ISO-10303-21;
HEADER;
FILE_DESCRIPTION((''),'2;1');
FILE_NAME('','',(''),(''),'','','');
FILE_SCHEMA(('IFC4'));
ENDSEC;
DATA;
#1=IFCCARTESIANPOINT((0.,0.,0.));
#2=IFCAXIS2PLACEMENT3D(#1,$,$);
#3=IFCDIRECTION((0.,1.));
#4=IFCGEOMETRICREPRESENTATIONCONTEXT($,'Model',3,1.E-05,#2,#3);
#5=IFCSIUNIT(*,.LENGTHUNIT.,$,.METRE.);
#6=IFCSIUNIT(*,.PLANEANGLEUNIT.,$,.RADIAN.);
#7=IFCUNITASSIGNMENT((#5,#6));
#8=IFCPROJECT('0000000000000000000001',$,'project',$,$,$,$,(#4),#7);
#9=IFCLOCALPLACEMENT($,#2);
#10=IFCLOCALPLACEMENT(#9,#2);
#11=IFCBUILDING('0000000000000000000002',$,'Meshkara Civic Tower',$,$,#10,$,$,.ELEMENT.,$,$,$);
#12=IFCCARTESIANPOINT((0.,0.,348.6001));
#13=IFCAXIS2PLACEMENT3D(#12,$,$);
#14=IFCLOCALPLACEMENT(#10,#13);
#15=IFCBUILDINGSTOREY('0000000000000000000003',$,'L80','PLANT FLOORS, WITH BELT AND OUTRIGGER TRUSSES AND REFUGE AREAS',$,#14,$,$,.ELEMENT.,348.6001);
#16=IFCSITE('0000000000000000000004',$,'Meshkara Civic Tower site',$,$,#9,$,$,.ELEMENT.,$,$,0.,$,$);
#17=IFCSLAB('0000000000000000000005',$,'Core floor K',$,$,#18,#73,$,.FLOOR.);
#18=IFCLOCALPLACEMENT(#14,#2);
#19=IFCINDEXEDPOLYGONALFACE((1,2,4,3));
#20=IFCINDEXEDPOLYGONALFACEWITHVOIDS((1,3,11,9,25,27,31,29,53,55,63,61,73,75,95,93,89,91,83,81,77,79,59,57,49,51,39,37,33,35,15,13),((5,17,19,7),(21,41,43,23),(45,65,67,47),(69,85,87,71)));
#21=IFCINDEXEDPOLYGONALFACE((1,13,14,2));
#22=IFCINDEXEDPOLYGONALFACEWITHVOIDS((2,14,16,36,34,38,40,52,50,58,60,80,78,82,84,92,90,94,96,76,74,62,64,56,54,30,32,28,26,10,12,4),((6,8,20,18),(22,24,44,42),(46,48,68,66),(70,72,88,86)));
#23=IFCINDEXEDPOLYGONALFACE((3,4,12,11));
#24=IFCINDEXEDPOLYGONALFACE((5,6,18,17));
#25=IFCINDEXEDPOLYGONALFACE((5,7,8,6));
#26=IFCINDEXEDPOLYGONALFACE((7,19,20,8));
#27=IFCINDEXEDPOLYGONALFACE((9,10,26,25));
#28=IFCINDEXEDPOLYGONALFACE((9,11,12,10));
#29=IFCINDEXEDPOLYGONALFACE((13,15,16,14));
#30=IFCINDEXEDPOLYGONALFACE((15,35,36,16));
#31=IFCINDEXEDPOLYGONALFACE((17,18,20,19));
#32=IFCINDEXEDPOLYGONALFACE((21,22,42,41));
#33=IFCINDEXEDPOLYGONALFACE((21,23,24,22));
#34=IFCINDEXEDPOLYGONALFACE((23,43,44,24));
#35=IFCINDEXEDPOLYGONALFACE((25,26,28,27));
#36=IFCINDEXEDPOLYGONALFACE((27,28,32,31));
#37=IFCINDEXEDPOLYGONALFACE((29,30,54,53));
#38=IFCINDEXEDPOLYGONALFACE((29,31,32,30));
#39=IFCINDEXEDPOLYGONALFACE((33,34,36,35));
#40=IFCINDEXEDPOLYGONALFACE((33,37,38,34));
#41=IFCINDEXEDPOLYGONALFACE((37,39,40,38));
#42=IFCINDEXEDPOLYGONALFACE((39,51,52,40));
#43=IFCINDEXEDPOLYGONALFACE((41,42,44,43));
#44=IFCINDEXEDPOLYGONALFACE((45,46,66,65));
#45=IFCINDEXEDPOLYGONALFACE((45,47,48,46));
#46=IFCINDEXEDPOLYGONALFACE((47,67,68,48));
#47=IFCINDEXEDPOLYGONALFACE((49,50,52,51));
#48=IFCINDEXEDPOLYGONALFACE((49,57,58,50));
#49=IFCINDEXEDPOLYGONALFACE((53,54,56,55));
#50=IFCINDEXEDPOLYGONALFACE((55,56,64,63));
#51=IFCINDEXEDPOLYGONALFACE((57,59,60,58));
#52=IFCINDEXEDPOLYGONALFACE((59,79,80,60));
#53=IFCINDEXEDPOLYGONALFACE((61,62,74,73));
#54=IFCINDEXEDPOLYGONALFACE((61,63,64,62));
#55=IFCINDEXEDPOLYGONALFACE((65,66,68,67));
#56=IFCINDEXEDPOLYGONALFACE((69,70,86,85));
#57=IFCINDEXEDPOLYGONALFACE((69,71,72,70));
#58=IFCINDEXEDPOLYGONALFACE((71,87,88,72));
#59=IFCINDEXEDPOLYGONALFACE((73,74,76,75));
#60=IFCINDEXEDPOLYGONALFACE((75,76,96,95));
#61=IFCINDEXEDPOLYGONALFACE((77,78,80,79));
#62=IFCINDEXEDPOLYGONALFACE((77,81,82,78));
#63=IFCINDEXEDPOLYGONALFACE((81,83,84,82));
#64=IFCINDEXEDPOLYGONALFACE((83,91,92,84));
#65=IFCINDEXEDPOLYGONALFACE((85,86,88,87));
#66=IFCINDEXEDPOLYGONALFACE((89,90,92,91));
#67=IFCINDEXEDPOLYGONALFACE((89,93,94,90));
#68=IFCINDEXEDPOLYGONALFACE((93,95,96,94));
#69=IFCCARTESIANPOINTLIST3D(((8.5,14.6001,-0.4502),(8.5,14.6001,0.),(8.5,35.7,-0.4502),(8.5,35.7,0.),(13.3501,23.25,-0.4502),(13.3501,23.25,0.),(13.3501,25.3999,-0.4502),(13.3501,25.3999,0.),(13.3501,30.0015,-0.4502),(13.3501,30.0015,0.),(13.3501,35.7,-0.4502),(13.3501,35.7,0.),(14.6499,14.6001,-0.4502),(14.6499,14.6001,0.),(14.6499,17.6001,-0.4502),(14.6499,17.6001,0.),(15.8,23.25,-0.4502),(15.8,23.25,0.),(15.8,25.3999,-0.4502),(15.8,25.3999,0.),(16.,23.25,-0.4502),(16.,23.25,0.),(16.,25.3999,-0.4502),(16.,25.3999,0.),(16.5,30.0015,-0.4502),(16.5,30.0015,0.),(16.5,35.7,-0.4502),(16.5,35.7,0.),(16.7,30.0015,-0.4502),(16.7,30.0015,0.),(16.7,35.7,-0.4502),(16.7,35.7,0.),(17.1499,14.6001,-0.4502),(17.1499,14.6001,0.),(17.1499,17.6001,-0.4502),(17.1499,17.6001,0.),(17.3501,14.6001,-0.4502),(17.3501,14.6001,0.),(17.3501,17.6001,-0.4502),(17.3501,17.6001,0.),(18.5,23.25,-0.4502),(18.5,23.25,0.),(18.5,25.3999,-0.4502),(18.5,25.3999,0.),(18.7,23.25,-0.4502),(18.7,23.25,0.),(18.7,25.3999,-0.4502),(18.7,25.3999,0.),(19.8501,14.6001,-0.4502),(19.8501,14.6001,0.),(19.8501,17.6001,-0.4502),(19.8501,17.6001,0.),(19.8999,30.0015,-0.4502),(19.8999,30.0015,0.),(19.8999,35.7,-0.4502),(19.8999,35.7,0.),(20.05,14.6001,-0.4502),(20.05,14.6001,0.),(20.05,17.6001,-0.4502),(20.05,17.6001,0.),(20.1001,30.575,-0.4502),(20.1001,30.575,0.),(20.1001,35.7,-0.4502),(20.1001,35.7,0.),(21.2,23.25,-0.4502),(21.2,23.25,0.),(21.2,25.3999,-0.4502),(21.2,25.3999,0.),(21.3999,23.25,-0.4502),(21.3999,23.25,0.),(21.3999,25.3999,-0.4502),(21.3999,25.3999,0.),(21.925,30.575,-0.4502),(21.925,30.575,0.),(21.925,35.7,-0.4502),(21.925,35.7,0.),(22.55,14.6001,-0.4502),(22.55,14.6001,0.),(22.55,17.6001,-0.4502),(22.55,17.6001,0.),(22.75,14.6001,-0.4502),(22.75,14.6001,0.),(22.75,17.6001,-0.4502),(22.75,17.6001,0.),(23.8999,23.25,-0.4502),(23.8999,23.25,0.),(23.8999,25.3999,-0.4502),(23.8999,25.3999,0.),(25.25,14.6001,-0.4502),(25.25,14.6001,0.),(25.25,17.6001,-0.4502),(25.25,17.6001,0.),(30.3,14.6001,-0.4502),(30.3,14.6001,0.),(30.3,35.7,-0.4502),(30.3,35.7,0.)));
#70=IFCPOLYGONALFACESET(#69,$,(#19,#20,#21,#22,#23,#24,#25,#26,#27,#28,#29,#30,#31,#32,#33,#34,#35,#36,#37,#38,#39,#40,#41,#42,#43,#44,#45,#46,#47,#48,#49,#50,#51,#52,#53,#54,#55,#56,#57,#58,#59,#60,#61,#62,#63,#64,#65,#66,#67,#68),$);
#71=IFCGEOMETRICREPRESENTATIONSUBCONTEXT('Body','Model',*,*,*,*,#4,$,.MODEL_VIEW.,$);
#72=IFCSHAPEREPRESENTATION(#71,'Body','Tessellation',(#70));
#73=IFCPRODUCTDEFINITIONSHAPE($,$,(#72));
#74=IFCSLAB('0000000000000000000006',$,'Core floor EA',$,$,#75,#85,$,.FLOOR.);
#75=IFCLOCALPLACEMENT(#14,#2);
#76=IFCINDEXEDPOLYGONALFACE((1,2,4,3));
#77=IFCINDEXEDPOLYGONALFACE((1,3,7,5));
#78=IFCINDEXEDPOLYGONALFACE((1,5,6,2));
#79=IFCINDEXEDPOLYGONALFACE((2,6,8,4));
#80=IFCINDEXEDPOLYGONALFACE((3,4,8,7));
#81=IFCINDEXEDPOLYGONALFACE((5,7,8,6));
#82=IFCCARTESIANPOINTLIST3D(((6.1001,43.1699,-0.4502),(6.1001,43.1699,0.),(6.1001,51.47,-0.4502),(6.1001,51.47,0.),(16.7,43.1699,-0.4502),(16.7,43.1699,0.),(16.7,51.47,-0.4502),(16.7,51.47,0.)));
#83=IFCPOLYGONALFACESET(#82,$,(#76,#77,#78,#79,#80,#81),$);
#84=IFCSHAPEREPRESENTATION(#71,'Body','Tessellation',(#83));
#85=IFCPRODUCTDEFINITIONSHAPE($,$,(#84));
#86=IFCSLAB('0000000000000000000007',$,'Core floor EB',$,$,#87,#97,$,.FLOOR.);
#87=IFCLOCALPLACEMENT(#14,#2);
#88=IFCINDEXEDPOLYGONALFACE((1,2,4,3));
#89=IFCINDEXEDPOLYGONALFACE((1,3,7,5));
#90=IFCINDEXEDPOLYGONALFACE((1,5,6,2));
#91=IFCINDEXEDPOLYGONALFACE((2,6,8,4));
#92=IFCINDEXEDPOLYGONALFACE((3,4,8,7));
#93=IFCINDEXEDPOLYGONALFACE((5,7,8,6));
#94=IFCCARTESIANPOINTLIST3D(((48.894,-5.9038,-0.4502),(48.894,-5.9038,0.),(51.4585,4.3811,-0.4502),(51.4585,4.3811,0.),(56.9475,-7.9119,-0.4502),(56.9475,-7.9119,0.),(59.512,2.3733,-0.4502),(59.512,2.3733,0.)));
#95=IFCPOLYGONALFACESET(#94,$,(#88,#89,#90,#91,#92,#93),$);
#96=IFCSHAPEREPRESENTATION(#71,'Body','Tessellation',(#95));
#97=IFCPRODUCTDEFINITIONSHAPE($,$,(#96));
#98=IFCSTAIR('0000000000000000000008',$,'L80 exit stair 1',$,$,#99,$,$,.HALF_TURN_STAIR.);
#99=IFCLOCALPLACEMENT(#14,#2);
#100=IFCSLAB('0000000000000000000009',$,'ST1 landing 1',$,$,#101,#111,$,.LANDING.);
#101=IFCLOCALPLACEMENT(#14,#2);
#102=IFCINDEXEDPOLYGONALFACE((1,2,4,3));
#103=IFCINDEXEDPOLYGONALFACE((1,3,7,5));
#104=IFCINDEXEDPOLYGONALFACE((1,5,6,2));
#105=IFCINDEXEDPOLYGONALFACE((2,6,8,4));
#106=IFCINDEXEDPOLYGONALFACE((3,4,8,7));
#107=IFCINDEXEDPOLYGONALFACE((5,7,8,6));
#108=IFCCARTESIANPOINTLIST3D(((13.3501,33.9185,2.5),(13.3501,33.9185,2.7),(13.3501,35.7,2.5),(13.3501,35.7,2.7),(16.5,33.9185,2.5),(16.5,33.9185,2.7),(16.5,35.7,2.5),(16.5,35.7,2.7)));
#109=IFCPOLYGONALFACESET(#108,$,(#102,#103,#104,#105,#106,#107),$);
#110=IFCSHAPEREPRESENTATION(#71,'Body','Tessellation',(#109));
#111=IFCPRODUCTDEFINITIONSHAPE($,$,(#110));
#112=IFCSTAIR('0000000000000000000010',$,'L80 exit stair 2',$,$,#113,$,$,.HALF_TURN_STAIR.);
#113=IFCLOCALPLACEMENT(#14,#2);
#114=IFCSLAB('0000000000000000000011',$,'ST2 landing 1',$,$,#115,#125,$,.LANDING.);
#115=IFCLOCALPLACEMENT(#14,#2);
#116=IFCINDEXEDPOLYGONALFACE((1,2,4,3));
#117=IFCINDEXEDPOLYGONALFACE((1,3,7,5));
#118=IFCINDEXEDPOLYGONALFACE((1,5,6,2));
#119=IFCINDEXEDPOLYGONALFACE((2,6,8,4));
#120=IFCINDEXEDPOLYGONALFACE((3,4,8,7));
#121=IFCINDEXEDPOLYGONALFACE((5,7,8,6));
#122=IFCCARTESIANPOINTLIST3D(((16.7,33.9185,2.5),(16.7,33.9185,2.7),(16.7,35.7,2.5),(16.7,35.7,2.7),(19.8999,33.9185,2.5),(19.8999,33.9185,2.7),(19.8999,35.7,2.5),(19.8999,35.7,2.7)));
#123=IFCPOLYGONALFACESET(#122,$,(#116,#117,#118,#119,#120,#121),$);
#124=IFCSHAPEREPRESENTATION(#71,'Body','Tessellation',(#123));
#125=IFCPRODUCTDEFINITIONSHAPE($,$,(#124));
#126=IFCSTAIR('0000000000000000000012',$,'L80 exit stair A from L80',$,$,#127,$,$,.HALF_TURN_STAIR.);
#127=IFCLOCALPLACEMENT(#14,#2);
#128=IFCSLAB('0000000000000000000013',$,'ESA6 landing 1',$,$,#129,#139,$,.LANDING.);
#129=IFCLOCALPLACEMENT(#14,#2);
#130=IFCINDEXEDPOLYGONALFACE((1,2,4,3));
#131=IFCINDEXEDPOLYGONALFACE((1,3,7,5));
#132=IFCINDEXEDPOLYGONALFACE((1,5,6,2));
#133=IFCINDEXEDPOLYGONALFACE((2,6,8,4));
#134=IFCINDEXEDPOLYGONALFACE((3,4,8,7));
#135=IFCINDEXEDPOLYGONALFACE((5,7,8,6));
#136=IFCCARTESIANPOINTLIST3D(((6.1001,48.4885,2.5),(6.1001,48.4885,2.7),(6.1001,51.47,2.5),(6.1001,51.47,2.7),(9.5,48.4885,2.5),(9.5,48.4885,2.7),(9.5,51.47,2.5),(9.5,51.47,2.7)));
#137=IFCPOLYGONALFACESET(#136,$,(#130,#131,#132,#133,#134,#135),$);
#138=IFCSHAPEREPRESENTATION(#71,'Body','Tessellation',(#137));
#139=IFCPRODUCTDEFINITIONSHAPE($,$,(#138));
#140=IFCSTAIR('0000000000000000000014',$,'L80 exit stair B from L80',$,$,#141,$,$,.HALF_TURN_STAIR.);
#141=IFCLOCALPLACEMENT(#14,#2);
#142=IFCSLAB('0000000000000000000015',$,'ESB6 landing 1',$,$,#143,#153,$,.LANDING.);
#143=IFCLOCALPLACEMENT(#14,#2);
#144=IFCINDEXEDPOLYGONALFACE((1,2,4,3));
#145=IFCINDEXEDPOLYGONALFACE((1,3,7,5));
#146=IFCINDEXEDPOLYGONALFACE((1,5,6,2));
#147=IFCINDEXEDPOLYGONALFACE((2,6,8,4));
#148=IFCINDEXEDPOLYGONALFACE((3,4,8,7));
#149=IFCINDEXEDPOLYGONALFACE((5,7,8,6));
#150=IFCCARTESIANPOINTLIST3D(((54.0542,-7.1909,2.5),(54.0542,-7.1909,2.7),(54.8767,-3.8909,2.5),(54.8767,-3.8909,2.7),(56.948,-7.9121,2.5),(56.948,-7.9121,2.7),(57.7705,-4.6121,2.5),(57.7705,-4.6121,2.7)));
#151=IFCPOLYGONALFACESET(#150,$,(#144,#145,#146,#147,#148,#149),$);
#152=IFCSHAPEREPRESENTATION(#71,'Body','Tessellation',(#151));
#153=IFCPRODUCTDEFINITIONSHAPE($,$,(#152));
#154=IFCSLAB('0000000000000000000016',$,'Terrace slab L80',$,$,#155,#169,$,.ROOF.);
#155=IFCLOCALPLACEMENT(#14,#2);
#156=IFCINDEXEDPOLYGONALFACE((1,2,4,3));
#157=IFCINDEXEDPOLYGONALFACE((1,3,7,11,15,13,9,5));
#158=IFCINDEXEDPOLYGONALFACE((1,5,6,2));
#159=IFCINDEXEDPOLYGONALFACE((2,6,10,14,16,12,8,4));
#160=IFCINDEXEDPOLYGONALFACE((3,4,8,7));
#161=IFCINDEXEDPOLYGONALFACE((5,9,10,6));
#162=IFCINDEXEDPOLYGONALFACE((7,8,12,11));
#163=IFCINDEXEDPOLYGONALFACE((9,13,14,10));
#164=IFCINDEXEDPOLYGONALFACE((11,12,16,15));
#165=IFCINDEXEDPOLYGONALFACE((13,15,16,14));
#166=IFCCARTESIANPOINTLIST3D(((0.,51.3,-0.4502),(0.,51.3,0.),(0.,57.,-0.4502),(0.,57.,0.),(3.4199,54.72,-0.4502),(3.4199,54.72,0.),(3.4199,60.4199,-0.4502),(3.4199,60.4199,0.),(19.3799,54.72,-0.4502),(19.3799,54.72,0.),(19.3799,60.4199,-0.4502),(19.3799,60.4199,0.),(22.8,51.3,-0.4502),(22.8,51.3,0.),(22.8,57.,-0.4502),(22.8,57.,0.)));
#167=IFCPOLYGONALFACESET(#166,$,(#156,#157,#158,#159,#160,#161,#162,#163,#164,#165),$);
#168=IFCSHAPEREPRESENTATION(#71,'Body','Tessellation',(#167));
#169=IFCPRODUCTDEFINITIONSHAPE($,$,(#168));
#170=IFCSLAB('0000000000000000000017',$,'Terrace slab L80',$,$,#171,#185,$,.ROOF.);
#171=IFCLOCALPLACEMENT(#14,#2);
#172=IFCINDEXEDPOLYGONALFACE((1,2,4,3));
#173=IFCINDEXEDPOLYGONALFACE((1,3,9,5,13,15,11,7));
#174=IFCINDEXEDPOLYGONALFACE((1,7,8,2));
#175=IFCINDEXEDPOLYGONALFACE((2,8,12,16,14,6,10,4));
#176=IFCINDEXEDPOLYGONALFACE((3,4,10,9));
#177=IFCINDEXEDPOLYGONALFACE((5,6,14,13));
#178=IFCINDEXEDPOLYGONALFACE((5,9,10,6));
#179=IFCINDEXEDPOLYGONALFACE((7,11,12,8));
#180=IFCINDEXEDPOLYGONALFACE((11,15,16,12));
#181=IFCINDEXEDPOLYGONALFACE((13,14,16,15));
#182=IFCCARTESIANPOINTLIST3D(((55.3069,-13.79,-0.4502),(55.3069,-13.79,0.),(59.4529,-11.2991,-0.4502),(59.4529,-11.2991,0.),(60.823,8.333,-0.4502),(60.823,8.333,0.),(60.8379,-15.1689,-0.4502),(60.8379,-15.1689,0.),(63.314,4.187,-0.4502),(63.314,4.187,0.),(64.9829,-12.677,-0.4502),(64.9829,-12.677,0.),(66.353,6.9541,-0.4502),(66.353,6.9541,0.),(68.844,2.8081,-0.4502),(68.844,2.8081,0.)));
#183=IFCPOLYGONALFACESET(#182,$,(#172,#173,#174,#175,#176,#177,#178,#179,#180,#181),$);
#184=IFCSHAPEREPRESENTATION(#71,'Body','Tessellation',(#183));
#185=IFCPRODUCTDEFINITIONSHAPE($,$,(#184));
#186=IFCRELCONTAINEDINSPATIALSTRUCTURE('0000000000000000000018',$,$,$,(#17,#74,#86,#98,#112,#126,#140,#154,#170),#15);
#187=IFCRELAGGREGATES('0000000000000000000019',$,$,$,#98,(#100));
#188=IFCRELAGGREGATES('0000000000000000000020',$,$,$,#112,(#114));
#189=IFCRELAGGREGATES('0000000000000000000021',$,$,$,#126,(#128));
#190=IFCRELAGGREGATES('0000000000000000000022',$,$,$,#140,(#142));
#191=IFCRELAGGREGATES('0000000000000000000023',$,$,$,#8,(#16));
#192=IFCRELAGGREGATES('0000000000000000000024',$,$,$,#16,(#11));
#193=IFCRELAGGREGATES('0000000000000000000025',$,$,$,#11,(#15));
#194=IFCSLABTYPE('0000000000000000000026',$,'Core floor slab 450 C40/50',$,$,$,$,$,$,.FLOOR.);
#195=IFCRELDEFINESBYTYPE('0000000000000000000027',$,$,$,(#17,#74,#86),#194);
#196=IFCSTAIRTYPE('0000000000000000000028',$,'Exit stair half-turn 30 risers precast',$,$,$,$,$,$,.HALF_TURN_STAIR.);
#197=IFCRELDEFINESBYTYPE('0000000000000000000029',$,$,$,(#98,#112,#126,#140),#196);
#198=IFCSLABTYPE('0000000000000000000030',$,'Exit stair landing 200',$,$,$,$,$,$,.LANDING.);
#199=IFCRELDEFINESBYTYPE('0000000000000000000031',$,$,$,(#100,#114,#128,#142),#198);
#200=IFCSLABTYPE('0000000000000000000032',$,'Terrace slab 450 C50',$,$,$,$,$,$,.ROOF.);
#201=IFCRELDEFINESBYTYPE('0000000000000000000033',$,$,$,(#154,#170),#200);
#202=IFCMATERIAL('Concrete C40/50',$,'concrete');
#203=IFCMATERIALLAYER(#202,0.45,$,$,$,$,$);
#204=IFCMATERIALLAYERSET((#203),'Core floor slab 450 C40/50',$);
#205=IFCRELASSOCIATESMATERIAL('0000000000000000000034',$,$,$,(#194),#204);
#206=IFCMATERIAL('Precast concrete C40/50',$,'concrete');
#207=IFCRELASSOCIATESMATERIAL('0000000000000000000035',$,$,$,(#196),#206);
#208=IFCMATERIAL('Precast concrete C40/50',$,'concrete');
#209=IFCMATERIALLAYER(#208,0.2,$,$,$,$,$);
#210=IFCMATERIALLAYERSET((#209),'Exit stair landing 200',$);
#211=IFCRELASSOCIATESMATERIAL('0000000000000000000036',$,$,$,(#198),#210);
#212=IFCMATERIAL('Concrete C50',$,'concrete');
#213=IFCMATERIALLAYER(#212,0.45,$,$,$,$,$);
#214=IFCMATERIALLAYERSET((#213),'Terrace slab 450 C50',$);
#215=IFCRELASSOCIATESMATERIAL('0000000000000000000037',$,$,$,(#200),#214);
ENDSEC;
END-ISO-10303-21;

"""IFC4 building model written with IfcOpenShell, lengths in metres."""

from ifc_helpers import new_model, si_unit, direction, frame, origin, place, context, subcontext, project, spatial, polyline, outline, extrude, material, layer, layer_set, type_object, element, aggregate, save


model = new_model("IFC4")

# Units and contexts
model_context = context("Model", 3, precision=1e-05, world=origin(), true_north=direction((0.0, 1.0)))
body_context = subcontext(model_context, "Body", "Model", "MODEL_VIEW")
ifc_project = project(units=[si_unit("LENGTHUNIT", "METRE"), si_unit("PLANEANGLEUNIT", "RADIAN")], contexts=[model_context])

# Site, building, storey
site_placement = place(None, origin())
site = spatial("IfcSite", under=ifc_project, at=site_placement, Name="Meshkara Civic Tower site", CompositionType="ELEMENT", RefElevation=0.0)
building_placement = place(site_placement, origin())
building = spatial("IfcBuilding", under=site, at=building_placement, Name="Meshkara Civic Tower", CompositionType="ELEMENT")
storey_placement = place(building_placement, frame((0.0, 0.0, 348.6001)))
storey = spatial("IfcBuildingStorey", under=building, at=storey_placement, Name="L80", Description="PLANT FLOORS, WITH BELT AND OUTRIGGER TRUSSES AND REFUGE AREAS", CompositionType="ELEMENT", Elevation=348.6001)

# Slabs
ifc_material_1 = material(Name="Concrete C40/50", Category="concrete")
ifc_layer_1 = layer(ifc_material_1, 0.45)
ifc_layer_set_1 = layer_set([ifc_layer_1], Name="Core floor slab 450 C40/50")
slab_type_1 = type_object("IfcSlabType", Name="Core floor slab 450 C40/50", PredefinedType="FLOOR", material=ifc_layer_set_1)
slab_1_placement = place(storey_placement, frame((0.0, 0.0, -0.4502)))
element("IfcSlab", 1, at=slab_1_placement, inside=storey, type_object=slab_type_1, Name="Core floor K", PredefinedType="FLOOR", context=body_context, shape_type="SweptSolid", body=[
    extrude(outline(polyline([(8.5, 35.7), (13.3501, 35.7), (13.3501, 30.0015), (16.5, 30.0015), (16.5, 35.7), (16.7, 35.7), (16.7, 30.0015), (19.8999, 30.0015), (19.8999, 35.7), (20.1001, 35.7), (20.1001, 30.575), (21.925, 30.575), (21.925, 35.7), (30.3, 35.7), (30.3, 14.6001), (25.25, 14.6001), (25.25, 17.6001), (22.75, 17.6001), (22.75, 14.6001), (22.55, 14.6001), (22.55, 17.6001), (20.05, 17.6001), (20.05, 14.6001), (19.8501, 14.6001), (19.8501, 17.6001), (17.3501, 17.6001), (17.3501, 14.6001), (17.1499, 14.6001), (17.1499, 17.6001), (14.6499, 17.6001), (14.6499, 14.6001), (8.5, 14.6001), (8.5, 35.7)]), holes=[polyline([(13.3501, 23.25), (15.8, 23.25), (15.8, 25.3999), (13.3501, 25.3999), (13.3501, 23.25)]), polyline([(18.5, 23.25), (18.5, 25.3999), (16.0, 25.3999), (16.0, 23.25), (18.5, 23.25)]), polyline([(18.7, 23.25), (21.2, 23.25), (21.2, 25.3999), (18.7, 25.3999), (18.7, 23.25)]), polyline([(23.8999, 23.25), (23.8999, 25.3999), (21.3999, 25.3999), (21.3999, 23.25), (23.8999, 23.25)])]), origin(), (0.0, 0.0, 1.0), 0.4502),
])
slab_2_placement = place(storey_placement, frame((0.0, 0.0, -0.4502)))
element("IfcSlab", 2, at=slab_2_placement, inside=storey, type_object=slab_type_1, Name="Core floor EA", PredefinedType="FLOOR", context=body_context, shape_type="SweptSolid", body=[
    extrude(outline(polyline([(6.1001, 43.1699), (16.7, 43.1699), (16.7, 51.47), (6.1001, 51.47), (6.1001, 43.1699)])), origin(), (0.0, 0.0, 1.0), 0.4502),
])
slab_3_placement = place(storey_placement, frame((0.0, 0.0, -0.4502)))
element("IfcSlab", 3, at=slab_3_placement, inside=storey, type_object=slab_type_1, Name="Core floor EB", PredefinedType="FLOOR", context=body_context, shape_type="SweptSolid", body=[
    extrude(outline(polyline([(48.894, -5.9038), (51.4585, 4.3811), (59.512, 2.3733), (56.9475, -7.9119), (48.894, -5.9038)])), origin(), (0.0, 0.0, 1.0), 0.4502),
])

# Stairs, slabs
ifc_material_2 = material(Name="Precast concrete C40/50", Category="concrete")
stair_type = type_object("IfcStairType", Name="Exit stair half-turn 30 risers precast", PredefinedType="HALF_TURN_STAIR", material=ifc_material_2)
stair_1_placement = place(storey_placement, origin())
stair_1 = element("IfcStair", 4, at=stair_1_placement, inside=storey, type_object=stair_type, Name="L80 exit stair 1", PredefinedType="HALF_TURN_STAIR")
ifc_material_3 = material(Name="Precast concrete C40/50", Category="concrete")
ifc_layer_2 = layer(ifc_material_3, 0.2)
ifc_layer_set_2 = layer_set([ifc_layer_2], Name="Exit stair landing 200")
slab_type_2 = type_object("IfcSlabType", Name="Exit stair landing 200", PredefinedType="LANDING", material=ifc_layer_set_2)
slab_4_placement = place(storey_placement, frame((0.0, 0.0, 2.5)))
slab_4 = element("IfcSlab", 5, at=slab_4_placement, type_object=slab_type_2, Name="ST1 landing 1", PredefinedType="LANDING", context=body_context, shape_type="SweptSolid", body=[
    extrude(outline(polyline([(16.5, 33.9185), (16.5, 35.7), (13.3501, 35.7), (13.3501, 33.9185), (16.5, 33.9185)])), origin(), (0.0, 0.0, 1.0), 0.2),
])
aggregate(stair_1, [slab_4])
stair_2_placement = place(storey_placement, origin())
stair_2 = element("IfcStair", 6, at=stair_2_placement, inside=storey, type_object=stair_type, Name="L80 exit stair 2", PredefinedType="HALF_TURN_STAIR")
slab_5_placement = place(storey_placement, frame((0.0, 0.0, 2.5)))
slab_5 = element("IfcSlab", 7, at=slab_5_placement, type_object=slab_type_2, Name="ST2 landing 1", PredefinedType="LANDING", context=body_context, shape_type="SweptSolid", body=[
    extrude(outline(polyline([(19.8999, 33.9185), (19.8999, 35.7), (16.7, 35.7), (16.7, 33.9185), (19.8999, 33.9185)])), origin(), (0.0, 0.0, 1.0), 0.2),
])
aggregate(stair_2, [slab_5])
stair_3_placement = place(storey_placement, origin())
stair_3 = element("IfcStair", 8, at=stair_3_placement, inside=storey, type_object=stair_type, Name="L80 exit stair A from L80", PredefinedType="HALF_TURN_STAIR")
slab_6_placement = place(storey_placement, frame((0.0, 0.0, 2.5)))
slab_6 = element("IfcSlab", 9, at=slab_6_placement, type_object=slab_type_2, Name="ESA6 landing 1", PredefinedType="LANDING", context=body_context, shape_type="SweptSolid", body=[
    extrude(outline(polyline([(9.5, 48.4885), (9.5, 51.47), (6.1001, 51.47), (6.1001, 48.4885), (9.5, 48.4885)])), origin(), (0.0, 0.0, 1.0), 0.2),
])
aggregate(stair_3, [slab_6])
stair_4_placement = place(storey_placement, origin())
stair_4 = element("IfcStair", 10, at=stair_4_placement, inside=storey, type_object=stair_type, Name="L80 exit stair B from L80", PredefinedType="HALF_TURN_STAIR")
slab_7_placement = place(storey_placement, frame((0.0, 0.0, 2.5)))
slab_7 = element("IfcSlab", 11, at=slab_7_placement, type_object=slab_type_2, Name="ESB6 landing 1", PredefinedType="LANDING", context=body_context, shape_type="SweptSolid", body=[
    extrude(outline(polyline([(54.0542, -7.1909), (56.948, -7.9121), (57.7705, -4.6121), (54.8767, -3.8909), (54.0542, -7.1909)])), origin(), (0.0, 0.0, 1.0), 0.2),
])
aggregate(stair_4, [slab_7])

# Slabs
ifc_material_4 = material(Name="Concrete C50", Category="concrete")
ifc_layer_3 = layer(ifc_material_4, 0.45)
ifc_layer_set_3 = layer_set([ifc_layer_3], Name="Terrace slab 450 C50")
slab_type_3 = type_object("IfcSlabType", Name="Terrace slab 450 C50", PredefinedType="ROOF", material=ifc_layer_set_3)
slab_8_placement = place(storey_placement, frame((0.0, 0.0, -0.4502)))
element("IfcSlab", 12, at=slab_8_placement, inside=storey, type_object=slab_type_3, Name="Terrace slab L80", PredefinedType="ROOF", context=body_context, shape_type="SweptSolid", body=[
    extrude(outline(polyline([(3.4199, 60.4199), (19.3799, 60.4199), (22.8, 57.0), (22.8, 51.3), (19.3799, 54.72), (3.4199, 54.72), (0.0, 51.3), (0.0, 57.0), (3.4199, 60.4199)])), origin(), (0.0, 0.0, 1.0), 0.4502),
])
slab_9_placement = place(storey_placement, frame((0.0, 0.0, -0.4502)))
element("IfcSlab", 13, at=slab_9_placement, inside=storey, type_object=slab_type_3, Name="Terrace slab L80", PredefinedType="ROOF", context=body_context, shape_type="SweptSolid", body=[
    extrude(outline(polyline([(68.844, 2.8081), (64.9829, -12.677), (60.8379, -15.1689), (55.3069, -13.79), (59.4529, -11.2991), (63.314, 4.187), (60.823, 8.333), (66.353, 6.9541), (68.844, 2.8081)])), origin(), (0.0, 0.0, 1.0), 0.4502),
])

save(model, "model.ifc")
